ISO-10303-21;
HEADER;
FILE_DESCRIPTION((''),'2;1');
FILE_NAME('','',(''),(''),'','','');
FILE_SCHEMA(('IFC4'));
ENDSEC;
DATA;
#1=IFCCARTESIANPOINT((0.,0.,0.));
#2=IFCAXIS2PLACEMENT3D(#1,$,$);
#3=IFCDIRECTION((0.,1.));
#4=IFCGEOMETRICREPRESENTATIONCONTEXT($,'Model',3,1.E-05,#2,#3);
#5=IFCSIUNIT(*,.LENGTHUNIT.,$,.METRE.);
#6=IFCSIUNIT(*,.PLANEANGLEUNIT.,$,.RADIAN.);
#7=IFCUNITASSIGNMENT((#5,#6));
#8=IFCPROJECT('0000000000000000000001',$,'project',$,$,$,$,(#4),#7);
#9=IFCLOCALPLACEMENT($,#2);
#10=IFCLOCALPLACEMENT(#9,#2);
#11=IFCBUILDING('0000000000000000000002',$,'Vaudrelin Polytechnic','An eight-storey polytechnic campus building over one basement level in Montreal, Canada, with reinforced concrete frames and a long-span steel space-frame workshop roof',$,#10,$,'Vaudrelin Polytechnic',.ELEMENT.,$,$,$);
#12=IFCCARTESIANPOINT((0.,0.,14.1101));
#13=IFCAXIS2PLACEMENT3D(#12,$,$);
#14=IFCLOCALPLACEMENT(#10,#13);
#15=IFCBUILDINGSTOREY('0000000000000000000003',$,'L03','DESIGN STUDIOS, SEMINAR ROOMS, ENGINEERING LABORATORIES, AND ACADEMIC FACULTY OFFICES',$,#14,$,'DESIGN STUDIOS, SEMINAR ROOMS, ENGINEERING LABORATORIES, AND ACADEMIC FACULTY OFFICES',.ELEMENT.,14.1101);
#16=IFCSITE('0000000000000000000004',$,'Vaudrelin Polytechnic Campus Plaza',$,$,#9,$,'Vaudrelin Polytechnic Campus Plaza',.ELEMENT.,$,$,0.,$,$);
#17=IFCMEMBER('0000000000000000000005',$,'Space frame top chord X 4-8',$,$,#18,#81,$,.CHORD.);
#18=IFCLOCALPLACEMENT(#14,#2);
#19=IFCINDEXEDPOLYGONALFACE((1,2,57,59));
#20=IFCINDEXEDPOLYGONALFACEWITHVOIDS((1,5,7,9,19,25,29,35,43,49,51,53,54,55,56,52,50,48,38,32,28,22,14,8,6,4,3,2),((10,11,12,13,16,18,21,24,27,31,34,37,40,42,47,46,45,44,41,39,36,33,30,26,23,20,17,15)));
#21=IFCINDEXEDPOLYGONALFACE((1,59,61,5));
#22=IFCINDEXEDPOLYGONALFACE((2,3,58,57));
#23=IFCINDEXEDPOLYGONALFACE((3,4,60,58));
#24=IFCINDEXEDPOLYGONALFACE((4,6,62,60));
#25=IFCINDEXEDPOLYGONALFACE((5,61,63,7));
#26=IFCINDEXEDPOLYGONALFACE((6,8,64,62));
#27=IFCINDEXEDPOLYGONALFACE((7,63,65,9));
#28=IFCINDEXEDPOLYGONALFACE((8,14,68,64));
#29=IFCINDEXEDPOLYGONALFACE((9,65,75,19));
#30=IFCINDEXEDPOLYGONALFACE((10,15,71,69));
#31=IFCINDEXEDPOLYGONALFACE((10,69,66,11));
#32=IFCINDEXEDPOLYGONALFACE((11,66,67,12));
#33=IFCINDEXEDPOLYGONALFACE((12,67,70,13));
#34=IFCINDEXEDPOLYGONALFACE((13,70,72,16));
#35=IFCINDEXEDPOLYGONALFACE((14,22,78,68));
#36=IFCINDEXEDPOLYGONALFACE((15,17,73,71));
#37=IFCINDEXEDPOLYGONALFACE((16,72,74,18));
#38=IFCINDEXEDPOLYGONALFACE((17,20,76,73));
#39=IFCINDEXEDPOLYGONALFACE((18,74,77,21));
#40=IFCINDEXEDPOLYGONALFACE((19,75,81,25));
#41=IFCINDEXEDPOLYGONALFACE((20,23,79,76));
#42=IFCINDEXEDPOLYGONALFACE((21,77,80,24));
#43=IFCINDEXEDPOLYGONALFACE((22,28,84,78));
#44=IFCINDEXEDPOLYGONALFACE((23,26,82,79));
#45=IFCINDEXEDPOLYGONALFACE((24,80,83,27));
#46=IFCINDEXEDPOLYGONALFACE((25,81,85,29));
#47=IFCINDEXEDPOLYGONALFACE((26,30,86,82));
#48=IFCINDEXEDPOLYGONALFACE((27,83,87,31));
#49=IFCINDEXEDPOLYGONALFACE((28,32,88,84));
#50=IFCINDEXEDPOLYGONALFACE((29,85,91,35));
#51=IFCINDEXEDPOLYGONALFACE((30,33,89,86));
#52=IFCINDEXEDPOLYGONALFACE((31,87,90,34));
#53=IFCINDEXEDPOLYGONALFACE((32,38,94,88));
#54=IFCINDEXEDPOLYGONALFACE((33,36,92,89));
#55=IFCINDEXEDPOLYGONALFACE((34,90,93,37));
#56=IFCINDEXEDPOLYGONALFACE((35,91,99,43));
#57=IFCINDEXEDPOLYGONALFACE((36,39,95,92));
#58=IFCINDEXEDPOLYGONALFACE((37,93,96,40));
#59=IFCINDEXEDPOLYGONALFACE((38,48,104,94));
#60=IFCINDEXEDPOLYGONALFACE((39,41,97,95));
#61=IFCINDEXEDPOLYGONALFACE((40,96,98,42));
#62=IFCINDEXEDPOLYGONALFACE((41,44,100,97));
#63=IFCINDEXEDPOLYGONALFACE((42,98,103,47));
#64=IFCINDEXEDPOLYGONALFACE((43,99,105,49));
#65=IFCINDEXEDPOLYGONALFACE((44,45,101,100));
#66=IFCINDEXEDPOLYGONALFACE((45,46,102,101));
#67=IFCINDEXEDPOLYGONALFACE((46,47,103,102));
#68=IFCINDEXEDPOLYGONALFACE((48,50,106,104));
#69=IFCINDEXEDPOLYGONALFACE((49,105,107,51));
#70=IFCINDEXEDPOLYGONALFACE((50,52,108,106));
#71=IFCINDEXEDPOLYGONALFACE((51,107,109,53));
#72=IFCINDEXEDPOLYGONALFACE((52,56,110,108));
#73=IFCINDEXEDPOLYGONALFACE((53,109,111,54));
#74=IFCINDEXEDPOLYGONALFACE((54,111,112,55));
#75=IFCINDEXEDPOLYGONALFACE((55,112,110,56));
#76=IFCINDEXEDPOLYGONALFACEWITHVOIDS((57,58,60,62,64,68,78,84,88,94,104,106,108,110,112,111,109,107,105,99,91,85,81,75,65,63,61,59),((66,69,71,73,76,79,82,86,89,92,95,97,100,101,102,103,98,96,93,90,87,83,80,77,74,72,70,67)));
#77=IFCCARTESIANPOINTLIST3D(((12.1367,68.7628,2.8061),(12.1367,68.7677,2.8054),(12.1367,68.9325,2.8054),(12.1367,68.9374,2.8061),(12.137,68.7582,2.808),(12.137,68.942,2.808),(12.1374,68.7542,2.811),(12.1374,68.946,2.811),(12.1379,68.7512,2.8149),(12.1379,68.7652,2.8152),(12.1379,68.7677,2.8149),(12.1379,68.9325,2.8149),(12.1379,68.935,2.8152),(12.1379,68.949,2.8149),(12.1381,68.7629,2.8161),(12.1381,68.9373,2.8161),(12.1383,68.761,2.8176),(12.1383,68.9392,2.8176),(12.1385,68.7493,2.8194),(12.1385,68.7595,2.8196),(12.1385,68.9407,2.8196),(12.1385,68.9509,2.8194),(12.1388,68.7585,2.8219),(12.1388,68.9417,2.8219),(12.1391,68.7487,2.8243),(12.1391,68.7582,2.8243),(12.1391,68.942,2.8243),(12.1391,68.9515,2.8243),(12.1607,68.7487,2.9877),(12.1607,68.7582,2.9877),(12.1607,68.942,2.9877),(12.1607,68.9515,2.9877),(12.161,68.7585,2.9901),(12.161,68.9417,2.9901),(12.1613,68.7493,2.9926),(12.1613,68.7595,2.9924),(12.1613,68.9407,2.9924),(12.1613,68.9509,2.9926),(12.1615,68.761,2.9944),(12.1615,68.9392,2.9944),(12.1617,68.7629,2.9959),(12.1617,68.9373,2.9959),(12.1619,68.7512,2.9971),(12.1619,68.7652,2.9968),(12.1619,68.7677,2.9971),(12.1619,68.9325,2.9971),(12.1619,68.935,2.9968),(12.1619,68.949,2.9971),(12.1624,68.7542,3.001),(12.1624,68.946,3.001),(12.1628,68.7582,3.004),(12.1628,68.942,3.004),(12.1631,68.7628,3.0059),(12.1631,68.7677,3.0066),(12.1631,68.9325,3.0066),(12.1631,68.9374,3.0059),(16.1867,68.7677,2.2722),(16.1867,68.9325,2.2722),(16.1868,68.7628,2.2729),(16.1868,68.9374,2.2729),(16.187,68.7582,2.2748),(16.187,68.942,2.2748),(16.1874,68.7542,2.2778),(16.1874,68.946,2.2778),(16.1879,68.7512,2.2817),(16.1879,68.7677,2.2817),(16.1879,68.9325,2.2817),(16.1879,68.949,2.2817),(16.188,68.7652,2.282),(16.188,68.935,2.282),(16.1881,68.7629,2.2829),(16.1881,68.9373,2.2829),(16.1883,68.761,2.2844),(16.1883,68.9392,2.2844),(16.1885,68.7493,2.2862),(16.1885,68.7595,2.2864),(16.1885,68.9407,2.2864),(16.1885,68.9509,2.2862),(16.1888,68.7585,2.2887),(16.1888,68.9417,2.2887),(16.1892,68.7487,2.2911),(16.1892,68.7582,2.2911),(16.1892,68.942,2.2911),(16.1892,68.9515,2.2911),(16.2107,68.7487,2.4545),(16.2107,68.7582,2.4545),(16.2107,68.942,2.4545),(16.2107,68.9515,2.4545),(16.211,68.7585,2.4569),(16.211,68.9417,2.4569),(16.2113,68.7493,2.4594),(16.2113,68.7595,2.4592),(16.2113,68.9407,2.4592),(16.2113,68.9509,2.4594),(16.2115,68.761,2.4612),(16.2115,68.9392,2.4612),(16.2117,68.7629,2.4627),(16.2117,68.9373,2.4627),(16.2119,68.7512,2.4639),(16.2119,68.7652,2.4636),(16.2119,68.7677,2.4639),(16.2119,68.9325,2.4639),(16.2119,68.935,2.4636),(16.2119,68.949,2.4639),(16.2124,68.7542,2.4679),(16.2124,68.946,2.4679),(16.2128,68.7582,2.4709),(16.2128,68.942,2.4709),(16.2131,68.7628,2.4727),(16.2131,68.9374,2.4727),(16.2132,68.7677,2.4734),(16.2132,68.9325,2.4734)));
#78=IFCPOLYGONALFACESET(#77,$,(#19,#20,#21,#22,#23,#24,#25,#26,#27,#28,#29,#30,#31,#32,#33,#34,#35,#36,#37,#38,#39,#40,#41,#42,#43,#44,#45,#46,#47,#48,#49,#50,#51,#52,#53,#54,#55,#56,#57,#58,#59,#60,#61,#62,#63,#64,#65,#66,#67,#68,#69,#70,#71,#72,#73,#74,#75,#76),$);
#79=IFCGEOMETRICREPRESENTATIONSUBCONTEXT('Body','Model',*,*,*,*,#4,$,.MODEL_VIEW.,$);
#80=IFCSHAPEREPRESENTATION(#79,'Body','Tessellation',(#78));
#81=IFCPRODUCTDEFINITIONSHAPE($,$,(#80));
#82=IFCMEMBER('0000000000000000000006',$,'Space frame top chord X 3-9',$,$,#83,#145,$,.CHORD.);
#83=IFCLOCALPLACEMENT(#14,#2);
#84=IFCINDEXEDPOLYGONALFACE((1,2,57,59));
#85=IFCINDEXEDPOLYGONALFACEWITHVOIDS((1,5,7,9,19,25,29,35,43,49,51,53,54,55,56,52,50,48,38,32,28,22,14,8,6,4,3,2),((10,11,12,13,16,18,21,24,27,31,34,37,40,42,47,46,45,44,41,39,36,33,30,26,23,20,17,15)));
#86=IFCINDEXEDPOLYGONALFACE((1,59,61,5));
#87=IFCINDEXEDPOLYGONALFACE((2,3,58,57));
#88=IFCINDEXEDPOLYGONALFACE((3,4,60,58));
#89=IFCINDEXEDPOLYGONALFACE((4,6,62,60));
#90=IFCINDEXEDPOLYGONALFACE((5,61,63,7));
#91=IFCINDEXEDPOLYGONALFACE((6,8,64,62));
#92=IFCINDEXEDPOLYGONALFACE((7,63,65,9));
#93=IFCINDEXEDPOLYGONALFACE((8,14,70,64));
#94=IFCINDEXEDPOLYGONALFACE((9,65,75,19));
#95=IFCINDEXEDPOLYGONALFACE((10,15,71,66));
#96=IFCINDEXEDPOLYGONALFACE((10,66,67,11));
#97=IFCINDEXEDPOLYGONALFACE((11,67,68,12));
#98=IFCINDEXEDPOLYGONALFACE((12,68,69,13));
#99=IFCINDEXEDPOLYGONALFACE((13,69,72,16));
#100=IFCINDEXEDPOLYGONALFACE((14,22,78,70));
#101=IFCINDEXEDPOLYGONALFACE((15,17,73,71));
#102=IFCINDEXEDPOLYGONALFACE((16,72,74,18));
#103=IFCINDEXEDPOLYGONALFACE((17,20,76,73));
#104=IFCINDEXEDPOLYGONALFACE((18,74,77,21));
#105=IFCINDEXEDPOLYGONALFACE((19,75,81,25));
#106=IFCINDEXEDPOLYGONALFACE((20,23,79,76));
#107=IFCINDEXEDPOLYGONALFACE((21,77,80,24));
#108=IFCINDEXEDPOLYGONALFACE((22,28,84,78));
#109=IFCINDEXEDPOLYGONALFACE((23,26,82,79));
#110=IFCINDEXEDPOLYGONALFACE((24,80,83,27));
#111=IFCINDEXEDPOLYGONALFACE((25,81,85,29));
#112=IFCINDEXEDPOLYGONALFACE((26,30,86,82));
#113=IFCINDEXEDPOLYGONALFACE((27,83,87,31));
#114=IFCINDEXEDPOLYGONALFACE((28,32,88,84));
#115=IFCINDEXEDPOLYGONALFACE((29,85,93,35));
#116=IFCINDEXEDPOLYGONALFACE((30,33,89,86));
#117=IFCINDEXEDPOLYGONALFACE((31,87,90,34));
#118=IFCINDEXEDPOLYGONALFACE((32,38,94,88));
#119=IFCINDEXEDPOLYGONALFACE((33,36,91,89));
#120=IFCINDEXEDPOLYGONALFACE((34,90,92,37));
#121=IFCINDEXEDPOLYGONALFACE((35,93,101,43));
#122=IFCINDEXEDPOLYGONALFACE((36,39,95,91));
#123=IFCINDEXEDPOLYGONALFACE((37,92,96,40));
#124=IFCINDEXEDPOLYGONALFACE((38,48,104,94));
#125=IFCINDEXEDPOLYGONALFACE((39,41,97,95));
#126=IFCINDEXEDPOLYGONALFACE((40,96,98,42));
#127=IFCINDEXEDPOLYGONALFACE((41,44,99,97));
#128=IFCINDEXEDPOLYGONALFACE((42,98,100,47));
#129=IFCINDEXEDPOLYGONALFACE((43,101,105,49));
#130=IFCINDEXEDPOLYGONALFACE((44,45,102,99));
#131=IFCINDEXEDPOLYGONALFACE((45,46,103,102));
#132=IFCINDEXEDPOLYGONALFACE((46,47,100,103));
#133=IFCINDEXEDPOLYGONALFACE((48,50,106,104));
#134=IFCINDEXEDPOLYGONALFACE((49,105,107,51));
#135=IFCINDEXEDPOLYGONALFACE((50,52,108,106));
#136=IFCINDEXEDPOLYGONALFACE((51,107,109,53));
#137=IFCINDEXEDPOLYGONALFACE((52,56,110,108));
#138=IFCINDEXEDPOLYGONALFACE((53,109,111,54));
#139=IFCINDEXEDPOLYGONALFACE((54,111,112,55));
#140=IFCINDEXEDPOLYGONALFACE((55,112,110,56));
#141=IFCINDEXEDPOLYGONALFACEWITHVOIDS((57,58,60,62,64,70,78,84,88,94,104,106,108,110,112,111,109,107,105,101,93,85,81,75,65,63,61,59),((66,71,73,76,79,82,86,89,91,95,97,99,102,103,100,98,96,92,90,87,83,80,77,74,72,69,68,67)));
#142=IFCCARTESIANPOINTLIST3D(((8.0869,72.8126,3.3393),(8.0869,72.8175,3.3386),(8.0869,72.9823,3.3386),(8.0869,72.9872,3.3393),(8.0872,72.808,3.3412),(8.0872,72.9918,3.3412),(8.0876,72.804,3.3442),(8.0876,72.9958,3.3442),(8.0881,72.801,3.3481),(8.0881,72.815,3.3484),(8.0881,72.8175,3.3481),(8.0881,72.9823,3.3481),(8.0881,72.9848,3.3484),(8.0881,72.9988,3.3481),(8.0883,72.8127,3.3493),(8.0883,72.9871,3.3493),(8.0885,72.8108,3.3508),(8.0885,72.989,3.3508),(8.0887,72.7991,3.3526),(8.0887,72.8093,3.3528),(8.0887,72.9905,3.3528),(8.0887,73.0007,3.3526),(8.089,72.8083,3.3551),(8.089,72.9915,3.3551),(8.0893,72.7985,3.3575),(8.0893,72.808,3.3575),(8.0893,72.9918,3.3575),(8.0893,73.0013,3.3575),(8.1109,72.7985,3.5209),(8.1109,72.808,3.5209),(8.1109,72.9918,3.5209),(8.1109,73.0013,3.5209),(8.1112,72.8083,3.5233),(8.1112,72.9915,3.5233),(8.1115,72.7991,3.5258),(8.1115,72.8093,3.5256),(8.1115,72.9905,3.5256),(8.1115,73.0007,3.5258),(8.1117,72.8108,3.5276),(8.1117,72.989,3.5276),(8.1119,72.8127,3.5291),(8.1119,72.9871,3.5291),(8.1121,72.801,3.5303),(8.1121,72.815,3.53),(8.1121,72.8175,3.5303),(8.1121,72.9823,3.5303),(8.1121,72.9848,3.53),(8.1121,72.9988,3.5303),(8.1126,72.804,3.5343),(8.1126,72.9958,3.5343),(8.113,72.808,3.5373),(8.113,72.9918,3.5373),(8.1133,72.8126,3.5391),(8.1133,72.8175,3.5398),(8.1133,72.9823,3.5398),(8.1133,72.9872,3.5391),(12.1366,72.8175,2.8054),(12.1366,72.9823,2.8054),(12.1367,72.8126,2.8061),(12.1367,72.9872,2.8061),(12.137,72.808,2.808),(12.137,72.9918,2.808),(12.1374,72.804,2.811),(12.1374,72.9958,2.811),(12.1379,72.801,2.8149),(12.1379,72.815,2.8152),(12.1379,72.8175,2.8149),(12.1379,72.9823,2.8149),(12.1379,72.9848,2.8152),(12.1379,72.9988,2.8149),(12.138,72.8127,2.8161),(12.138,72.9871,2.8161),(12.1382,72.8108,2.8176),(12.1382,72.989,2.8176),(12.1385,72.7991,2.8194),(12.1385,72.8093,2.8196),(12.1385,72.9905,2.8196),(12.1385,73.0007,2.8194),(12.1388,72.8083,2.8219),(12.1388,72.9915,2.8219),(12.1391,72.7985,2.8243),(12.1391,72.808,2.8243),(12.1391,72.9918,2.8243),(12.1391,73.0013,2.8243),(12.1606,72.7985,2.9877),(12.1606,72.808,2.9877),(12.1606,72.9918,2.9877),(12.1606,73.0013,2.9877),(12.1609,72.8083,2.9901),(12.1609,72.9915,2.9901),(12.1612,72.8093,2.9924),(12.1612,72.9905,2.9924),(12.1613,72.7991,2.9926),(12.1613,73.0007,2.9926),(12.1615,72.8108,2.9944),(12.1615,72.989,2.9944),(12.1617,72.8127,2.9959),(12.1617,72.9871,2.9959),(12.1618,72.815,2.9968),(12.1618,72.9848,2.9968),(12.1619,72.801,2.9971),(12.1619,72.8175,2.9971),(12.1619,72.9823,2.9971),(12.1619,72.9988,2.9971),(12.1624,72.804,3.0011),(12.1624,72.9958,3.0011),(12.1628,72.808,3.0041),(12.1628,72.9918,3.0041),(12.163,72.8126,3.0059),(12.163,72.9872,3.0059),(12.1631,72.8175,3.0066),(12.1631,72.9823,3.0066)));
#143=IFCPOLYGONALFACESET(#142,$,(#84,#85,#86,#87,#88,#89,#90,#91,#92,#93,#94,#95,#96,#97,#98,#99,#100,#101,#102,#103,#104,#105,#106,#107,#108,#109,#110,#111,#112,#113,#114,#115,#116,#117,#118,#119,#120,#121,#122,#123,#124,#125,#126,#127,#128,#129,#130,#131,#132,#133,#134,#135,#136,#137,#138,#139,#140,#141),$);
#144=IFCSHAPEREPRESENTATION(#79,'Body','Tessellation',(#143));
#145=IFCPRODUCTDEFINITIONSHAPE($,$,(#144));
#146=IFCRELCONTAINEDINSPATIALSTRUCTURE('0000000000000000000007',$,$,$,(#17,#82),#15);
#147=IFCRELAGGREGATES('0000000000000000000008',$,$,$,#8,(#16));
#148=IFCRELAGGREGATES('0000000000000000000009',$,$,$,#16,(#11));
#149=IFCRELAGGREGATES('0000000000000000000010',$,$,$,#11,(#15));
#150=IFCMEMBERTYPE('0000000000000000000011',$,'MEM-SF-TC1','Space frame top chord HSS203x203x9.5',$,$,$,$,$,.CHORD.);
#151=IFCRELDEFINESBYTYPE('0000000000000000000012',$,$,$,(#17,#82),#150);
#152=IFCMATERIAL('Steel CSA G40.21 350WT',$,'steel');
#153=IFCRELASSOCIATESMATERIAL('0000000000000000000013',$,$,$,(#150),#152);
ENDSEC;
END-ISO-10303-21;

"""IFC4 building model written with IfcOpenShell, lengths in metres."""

from ifc_helpers import new_model, si_unit, direction, frame, origin, origin_2d, place, context, subcontext, project, spatial, hollow_rectangle, extrude, material, material_profile, profile_set, type_object, element, save


model = new_model("IFC4")

# Units and contexts
model_context = context("Model", 3, precision=1e-05, world=origin(), true_north=direction((0.0, 1.0)))
body_context = subcontext(model_context, "Body", "Model", "MODEL_VIEW")
ifc_project = project(units=[si_unit("LENGTHUNIT", "METRE"), si_unit("PLANEANGLEUNIT", "RADIAN")], contexts=[model_context])

# Site, building, storey
site_placement = place(None, origin())
site = spatial("IfcSite", under=ifc_project, at=site_placement, Name="Vaudrelin Polytechnic Campus Plaza", LongName="Vaudrelin Polytechnic Campus Plaza", CompositionType="ELEMENT", RefElevation=0.0)
building_placement = place(site_placement, origin())
building = spatial("IfcBuilding", under=site, at=building_placement, Name="Vaudrelin Polytechnic", Description="An eight-storey polytechnic campus building over one basement level in Montreal, Canada, with reinforced concrete frames and a long-span steel space-frame workshop roof", LongName="Vaudrelin Polytechnic", CompositionType="ELEMENT")
storey_placement = place(building_placement, frame((0.0, 0.0, 14.1101)))
storey = spatial("IfcBuildingStorey", under=building, at=storey_placement, Name="L03", Description="DESIGN STUDIOS, SEMINAR ROOMS, ENGINEERING LABORATORIES, AND ACADEMIC FACULTY OFFICES", LongName="DESIGN STUDIOS, SEMINAR ROOMS, ENGINEERING LABORATORIES, AND ACADEMIC FACULTY OFFICES", CompositionType="ELEMENT", Elevation=14.1101)

# Members
ifc_material = material(Name="Steel CSA G40.21 350WT", Category="steel")
ifc_material_profile_1 = material_profile(ifc_material, hollow_rectangle(XDim=0.2029, YDim=0.2029, WallThickness=0.0095, InnerFilletRadius=0.0095, OuterFilletRadius=0.019, at=origin_2d()), Name="HSS203x203x9.5")
ifc_profile_set_1 = profile_set([ifc_material_profile_1], Name="Steel CSA G40.21 350WT")
member_type_1 = type_object("IfcMemberType", Name="MEM-SF-TC1", Description="Space frame top chord HSS203x203x9.5", PredefinedType="CHORD", material=ifc_profile_set_1)
member_1_placement = place(storey_placement, frame((12.1499, 68.8501, 2.906), z_axis=(0.991445, 0.0, -0.130527), x_axis=(0.0, 1.0, 0.0)))
element("IfcMember", 1, at=member_1_placement, inside=storey, type_object=member_type_1, Name="Space frame top chord X 4-8", PredefinedType="CHORD", context=body_context, shape_type="SweptSolid", body=[
    extrude(hollow_rectangle(XDim=0.2029, YDim=0.2029, WallThickness=0.0095, InnerFilletRadius=0.0095, OuterFilletRadius=0.019, at=origin_2d()), origin(), (0.0, 0.0, 1.0), 4.085),
])
member_2_placement = place(storey_placement, frame((8.1001, 72.8999, 3.4392), z_axis=(0.991444, 0.0, -0.130535), x_axis=(0.0, 1.0, 0.0)))
element("IfcMember", 2, at=member_2_placement, inside=storey, type_object=member_type_1, Name="Space frame top chord X 3-9", PredefinedType="CHORD", context=body_context, shape_type="SweptSolid", body=[
    extrude(hollow_rectangle(XDim=0.2029, YDim=0.2029, WallThickness=0.0095, InnerFilletRadius=0.0095, OuterFilletRadius=0.019, at=origin_2d()), origin(), (0.0, 0.0, 1.0), 4.0847),
])

save(model, "model.ifc")
